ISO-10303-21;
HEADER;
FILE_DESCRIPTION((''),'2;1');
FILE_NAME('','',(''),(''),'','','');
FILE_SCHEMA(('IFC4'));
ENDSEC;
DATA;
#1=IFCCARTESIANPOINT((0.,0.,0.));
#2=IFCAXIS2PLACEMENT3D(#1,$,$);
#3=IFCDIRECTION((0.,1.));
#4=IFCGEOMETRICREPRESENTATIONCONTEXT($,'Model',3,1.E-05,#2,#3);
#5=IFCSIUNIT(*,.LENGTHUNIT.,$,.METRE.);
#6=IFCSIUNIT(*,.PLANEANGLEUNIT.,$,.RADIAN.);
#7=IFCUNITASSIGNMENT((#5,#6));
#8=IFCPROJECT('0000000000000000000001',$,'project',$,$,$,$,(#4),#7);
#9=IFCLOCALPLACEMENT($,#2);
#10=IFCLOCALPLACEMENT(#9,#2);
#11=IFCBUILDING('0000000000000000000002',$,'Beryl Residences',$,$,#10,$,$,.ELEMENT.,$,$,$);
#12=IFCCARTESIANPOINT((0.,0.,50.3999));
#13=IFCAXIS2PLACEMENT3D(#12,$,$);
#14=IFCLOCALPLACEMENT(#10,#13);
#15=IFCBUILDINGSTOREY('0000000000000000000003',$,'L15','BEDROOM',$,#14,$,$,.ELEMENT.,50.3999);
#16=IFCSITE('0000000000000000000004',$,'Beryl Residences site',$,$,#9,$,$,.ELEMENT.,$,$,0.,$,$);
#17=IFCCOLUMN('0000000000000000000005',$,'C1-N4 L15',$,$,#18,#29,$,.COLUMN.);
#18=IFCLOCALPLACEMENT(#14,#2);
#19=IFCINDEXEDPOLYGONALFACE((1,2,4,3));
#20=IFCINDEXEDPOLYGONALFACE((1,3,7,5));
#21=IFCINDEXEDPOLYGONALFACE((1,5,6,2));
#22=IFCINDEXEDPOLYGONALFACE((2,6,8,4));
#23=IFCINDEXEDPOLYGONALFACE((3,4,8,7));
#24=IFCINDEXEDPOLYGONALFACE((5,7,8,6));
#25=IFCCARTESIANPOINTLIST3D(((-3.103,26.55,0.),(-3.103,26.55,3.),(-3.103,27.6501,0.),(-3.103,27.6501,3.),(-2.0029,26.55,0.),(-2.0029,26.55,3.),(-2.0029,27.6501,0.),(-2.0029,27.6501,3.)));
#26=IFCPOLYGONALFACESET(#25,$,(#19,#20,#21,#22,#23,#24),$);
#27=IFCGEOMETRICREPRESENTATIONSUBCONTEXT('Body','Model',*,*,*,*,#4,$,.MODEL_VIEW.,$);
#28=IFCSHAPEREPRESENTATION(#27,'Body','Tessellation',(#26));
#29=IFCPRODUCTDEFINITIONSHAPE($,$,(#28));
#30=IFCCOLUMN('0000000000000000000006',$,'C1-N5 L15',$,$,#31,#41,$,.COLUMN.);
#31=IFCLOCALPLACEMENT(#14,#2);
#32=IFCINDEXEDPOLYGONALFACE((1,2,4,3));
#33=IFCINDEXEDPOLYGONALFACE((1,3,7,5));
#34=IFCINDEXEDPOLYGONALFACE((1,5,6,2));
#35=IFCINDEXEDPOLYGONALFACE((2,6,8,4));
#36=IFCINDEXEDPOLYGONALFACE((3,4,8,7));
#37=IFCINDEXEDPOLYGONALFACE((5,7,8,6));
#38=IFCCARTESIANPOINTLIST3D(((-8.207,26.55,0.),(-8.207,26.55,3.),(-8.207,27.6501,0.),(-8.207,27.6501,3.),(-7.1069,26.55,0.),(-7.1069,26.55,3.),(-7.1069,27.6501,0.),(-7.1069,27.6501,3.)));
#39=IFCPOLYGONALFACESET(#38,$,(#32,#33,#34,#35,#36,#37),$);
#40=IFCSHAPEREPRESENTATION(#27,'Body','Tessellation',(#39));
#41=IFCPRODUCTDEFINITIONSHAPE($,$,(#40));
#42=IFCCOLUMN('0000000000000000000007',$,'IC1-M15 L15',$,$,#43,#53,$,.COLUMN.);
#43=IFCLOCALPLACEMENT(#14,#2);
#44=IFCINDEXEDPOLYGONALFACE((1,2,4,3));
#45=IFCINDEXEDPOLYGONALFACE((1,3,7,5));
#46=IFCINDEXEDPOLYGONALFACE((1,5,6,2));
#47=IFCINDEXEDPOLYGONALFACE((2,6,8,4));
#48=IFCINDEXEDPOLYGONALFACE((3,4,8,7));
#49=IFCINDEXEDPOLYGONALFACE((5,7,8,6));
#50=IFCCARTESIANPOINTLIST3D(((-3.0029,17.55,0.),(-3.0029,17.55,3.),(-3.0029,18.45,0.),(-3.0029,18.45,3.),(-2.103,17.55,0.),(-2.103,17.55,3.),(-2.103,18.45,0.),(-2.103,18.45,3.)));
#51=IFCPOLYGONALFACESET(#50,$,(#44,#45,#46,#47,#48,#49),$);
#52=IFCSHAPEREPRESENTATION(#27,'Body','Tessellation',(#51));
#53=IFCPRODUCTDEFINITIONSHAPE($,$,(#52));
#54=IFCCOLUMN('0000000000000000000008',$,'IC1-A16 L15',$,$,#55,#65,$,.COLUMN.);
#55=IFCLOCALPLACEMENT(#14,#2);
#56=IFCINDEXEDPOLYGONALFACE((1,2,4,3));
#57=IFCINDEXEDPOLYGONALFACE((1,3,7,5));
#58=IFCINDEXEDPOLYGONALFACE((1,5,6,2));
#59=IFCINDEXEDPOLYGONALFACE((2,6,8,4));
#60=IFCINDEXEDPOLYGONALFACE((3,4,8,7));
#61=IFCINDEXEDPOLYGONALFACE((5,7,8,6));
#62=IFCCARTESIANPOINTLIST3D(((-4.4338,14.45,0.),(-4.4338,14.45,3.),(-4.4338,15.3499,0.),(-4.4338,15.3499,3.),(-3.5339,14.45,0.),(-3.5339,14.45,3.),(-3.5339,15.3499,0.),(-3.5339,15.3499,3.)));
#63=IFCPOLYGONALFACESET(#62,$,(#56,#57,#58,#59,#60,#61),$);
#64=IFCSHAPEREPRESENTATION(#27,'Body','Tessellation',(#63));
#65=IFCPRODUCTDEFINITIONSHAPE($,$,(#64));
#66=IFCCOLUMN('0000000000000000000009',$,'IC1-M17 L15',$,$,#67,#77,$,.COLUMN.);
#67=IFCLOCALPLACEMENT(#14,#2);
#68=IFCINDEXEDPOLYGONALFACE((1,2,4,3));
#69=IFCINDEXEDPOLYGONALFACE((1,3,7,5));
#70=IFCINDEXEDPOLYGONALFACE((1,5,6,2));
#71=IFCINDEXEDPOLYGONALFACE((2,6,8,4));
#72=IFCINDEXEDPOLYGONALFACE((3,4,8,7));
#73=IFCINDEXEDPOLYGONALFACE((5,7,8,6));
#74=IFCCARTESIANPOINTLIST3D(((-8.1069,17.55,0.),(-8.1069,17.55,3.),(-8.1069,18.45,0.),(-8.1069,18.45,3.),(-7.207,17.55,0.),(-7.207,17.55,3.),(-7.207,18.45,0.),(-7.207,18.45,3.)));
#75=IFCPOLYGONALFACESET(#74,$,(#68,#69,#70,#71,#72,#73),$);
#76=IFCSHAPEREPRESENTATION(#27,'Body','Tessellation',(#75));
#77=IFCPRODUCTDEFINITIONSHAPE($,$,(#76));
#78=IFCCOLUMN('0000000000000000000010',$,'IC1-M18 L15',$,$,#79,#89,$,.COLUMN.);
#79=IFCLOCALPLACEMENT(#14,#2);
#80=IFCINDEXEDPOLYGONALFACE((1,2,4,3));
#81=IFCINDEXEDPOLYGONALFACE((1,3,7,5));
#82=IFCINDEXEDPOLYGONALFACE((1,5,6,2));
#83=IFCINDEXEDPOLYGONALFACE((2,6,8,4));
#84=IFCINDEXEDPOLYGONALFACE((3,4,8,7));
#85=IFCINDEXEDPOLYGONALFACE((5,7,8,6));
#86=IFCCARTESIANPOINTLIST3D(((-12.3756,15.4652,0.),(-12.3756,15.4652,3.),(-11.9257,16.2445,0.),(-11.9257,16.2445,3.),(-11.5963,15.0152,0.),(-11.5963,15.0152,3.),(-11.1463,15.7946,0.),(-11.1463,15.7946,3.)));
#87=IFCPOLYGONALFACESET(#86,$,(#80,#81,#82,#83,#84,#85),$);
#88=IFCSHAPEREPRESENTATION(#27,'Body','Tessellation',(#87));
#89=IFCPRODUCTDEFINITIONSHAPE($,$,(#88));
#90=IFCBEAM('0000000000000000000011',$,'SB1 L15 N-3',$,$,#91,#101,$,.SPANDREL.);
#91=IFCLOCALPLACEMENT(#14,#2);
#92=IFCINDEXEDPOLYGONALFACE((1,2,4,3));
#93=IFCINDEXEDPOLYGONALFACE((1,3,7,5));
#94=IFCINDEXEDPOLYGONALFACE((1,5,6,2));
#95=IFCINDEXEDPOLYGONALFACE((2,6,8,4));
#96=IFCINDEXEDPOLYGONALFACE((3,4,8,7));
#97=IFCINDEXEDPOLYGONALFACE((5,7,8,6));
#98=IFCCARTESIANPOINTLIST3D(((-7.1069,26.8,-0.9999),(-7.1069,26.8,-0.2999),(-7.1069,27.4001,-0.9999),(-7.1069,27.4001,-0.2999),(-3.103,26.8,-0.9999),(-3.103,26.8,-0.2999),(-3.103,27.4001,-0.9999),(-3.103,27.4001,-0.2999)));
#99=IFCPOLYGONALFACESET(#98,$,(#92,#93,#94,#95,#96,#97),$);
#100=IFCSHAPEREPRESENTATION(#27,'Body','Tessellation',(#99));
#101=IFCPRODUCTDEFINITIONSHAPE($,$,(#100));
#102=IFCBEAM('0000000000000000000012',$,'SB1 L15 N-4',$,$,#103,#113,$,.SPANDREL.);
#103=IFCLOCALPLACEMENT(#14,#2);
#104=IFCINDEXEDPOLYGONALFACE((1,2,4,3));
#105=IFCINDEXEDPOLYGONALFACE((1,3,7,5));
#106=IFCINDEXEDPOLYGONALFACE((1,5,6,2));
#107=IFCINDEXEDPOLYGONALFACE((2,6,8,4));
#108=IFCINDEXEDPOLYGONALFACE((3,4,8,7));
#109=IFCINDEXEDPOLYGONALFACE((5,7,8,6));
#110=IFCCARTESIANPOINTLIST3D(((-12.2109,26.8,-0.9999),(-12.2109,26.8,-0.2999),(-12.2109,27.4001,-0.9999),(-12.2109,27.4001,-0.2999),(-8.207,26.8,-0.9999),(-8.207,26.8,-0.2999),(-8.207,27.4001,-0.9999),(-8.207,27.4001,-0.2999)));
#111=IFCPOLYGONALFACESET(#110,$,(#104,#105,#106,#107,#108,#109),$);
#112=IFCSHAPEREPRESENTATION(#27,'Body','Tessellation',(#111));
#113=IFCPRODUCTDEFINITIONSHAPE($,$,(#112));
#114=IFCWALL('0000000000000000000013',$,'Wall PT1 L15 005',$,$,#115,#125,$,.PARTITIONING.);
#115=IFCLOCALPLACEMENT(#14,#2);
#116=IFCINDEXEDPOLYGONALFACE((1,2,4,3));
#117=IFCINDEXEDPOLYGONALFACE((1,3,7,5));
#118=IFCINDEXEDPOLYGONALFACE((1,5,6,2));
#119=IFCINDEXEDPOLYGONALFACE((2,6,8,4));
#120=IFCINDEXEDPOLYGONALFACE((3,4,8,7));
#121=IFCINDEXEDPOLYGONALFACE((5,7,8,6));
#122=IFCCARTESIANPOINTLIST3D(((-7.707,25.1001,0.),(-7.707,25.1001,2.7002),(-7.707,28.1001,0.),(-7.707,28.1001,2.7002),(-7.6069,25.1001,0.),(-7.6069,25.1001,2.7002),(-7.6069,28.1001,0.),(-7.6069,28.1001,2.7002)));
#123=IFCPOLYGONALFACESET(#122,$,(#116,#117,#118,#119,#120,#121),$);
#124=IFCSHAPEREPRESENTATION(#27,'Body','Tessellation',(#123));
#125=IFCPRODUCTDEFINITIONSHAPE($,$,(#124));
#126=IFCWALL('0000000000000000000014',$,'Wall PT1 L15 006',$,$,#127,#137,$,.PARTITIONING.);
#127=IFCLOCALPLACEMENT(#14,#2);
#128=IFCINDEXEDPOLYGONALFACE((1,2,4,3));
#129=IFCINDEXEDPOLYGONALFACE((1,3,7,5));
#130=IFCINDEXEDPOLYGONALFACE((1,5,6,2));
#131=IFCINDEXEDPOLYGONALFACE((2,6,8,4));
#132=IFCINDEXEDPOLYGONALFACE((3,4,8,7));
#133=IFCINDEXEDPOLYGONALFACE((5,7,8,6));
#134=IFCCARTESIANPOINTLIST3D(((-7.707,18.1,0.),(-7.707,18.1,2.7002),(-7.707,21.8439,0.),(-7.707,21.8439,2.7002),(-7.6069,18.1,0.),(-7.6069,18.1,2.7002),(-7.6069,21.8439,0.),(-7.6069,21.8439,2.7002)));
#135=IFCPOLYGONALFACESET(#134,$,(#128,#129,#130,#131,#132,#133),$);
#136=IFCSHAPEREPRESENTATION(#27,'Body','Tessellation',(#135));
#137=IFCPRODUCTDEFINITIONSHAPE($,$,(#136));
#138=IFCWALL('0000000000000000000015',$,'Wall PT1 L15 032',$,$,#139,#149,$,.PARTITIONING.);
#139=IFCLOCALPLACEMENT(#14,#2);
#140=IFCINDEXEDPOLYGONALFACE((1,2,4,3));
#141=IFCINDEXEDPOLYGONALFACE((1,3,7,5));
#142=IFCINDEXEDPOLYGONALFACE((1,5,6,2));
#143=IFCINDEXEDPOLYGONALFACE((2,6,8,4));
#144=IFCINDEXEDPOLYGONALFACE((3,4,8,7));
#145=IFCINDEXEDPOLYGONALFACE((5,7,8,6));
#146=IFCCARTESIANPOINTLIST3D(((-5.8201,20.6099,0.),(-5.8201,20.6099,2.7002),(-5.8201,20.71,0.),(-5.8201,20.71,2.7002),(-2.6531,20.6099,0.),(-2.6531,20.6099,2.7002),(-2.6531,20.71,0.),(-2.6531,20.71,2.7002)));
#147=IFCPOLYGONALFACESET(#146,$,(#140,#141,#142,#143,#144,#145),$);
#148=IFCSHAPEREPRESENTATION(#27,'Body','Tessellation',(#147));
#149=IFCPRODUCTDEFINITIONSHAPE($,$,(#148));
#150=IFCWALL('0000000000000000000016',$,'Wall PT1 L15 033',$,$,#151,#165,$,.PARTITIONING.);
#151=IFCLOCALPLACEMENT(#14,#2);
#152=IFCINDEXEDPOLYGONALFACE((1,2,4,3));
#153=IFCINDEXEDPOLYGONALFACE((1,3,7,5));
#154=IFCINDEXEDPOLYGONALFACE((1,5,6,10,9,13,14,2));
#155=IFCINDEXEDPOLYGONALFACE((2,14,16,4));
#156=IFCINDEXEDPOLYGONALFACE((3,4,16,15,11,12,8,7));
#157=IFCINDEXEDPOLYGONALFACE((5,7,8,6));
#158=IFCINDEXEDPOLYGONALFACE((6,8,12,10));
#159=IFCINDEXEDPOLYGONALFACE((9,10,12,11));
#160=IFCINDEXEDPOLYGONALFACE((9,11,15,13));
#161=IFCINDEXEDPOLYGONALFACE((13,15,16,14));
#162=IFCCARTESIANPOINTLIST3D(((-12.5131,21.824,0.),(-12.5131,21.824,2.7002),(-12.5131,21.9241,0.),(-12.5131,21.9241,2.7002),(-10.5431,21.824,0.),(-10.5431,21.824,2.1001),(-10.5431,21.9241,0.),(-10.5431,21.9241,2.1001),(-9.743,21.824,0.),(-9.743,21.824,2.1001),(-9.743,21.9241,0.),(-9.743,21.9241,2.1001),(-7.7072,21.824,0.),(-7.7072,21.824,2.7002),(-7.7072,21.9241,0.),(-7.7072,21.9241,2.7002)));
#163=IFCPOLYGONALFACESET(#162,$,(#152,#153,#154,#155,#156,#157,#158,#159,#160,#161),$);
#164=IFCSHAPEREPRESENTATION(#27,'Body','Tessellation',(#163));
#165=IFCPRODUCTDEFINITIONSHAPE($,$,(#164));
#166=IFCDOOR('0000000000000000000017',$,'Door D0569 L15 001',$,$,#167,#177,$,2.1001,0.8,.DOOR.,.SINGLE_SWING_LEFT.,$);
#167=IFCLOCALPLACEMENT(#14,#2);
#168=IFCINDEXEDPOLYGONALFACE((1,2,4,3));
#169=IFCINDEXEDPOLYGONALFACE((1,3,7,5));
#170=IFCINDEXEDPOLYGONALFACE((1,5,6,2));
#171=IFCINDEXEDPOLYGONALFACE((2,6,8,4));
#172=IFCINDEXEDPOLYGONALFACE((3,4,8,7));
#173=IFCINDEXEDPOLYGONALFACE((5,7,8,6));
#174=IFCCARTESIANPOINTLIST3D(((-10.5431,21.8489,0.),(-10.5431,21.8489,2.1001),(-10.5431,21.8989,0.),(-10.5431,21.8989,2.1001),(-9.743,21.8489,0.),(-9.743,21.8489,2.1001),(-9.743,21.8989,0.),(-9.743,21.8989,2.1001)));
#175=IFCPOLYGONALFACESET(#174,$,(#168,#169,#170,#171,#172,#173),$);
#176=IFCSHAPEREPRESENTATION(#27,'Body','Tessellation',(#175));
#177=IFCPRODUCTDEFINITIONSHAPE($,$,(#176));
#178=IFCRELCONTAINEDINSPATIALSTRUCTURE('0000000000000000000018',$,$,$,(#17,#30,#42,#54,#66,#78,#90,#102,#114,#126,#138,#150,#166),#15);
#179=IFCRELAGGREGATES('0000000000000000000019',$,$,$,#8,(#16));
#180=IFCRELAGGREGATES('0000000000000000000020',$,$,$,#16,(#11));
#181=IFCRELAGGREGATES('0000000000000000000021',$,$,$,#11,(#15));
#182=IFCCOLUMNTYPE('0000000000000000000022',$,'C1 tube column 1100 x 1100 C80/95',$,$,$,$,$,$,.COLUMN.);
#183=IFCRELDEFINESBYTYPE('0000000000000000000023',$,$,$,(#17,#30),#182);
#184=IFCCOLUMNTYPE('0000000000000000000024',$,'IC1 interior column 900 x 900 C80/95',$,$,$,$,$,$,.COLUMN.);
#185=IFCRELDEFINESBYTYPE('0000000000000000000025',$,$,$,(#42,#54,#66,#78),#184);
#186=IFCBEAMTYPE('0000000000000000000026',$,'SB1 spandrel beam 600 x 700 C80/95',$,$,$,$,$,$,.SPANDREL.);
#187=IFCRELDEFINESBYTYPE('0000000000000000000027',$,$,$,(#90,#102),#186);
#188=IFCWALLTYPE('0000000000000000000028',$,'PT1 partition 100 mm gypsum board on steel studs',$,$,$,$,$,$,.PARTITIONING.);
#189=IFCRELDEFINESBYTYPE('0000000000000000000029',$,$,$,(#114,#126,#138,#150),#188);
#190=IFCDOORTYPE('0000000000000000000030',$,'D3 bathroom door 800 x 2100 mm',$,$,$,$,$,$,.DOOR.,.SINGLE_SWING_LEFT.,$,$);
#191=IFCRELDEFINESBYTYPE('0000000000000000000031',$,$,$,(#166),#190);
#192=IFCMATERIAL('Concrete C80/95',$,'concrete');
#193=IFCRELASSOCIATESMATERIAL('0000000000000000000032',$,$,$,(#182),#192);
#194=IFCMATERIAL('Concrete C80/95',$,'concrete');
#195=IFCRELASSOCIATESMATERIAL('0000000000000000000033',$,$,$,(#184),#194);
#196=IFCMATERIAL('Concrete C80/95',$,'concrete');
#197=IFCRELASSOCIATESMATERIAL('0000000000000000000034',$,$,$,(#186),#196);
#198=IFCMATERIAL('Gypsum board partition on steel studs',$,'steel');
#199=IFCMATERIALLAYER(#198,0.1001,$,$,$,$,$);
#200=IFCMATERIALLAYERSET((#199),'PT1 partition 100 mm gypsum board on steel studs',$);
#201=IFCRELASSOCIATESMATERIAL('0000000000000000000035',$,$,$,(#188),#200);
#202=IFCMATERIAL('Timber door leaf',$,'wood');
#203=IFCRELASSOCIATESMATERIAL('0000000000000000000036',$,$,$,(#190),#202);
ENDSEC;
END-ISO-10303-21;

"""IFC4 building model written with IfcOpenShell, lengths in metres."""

from ifc_helpers import new_model, si_unit, direction, frame, frame_2d, origin, origin_2d, place, context, subcontext, project, spatial, rectangle, extrude, material, layer, layer_set, material_profile, profile_set, type_object, element, fill, save


model = new_model("IFC4")

# Units and contexts
model_context = context("Model", 3, precision=1e-05, world=origin(), true_north=direction((0.0, 1.0)))
body_context = subcontext(model_context, "Body", "Model", "MODEL_VIEW")
ifc_project = project(units=[si_unit("LENGTHUNIT", "METRE"), si_unit("PLANEANGLEUNIT", "RADIAN")], contexts=[model_context])

# Site, building, storey
site_placement = place(None, origin())
site = spatial("IfcSite", under=ifc_project, at=site_placement, Name="Beryl Residences site", CompositionType="ELEMENT", RefElevation=0.0)
building_placement = place(site_placement, origin())
building = spatial("IfcBuilding", under=site, at=building_placement, Name="Beryl Residences", CompositionType="ELEMENT")
storey_placement = place(building_placement, frame((0.0, 0.0, 50.3999)))
storey = spatial("IfcBuildingStorey", under=building, at=storey_placement, Name="L15", Description="BEDROOM", CompositionType="ELEMENT", Elevation=50.3999)

# Columns
ifc_material_1 = material(Name="Concrete C80/95", Category="concrete")
ifc_material_profile_1 = material_profile(ifc_material_1, rectangle(XDim=1.1001, YDim=1.1001, at=origin_2d()))
ifc_profile_set_1 = profile_set([ifc_material_profile_1], Name="Concrete C80/95")
column_type_1 = type_object("IfcColumnType", Name="C1 tube column 1100 x 1100 C80/95", PredefinedType="COLUMN", material=ifc_profile_set_1)
for number, where, z_axis, x_axis, name in (
    (1, (-2.553, 27.1001, 0.0), (0.0, 0.0, 1.0), (-1.0, 0.0, 0.0), "C1-N4 L15"),
    (2, (-7.657, 27.1001, 0.0), (0.0, 0.0, 1.0), (-1.0, 0.0, 0.0), "C1-N5 L15"),
):
    element("IfcColumn", number, at=place(storey_placement, frame(where, z_axis=z_axis, x_axis=x_axis)), inside=storey, type_object=column_type_1, Name=name, PredefinedType="COLUMN", context=body_context, shape_type="SweptSolid", body=[
        extrude(rectangle(XDim=1.1001, YDim=1.1001, at=origin_2d()), origin(), (0.0, 0.0, 1.0), 3.0),
    ])
ifc_material_2 = material(Name="Concrete C80/95", Category="concrete")
ifc_material_profile_2 = material_profile(ifc_material_2, rectangle(XDim=0.8999, YDim=0.8999, at=origin_2d()))
ifc_profile_set_2 = profile_set([ifc_material_profile_2], Name="Concrete C80/95")
column_type_2 = type_object("IfcColumnType", Name="IC1 interior column 900 x 900 C80/95", PredefinedType="COLUMN", material=ifc_profile_set_2)
for number, where, z_axis, x_axis, name in (
    (3, (-2.553, 18.0, 0.0), (0.0, 0.0, 1.0), (-1.0, 0.0, 0.0), "IC1-M15 L15"),
    (4, (-3.9839, 14.8999, 0.0), (0.0, 0.0, 1.0), (1.0, 0.0, 0.0), "IC1-A16 L15"),
    (5, (-7.657, 18.0, 0.0), (0.0, 0.0, 1.0), (-1.0, 0.0, 0.0), "IC1-M17 L15"),
    (6, (-11.761, 15.6299, 0.0), (0.0, 0.0, 1.0), (-0.499985, -0.866034, 0.0), "IC1-M18 L15"),
):
    element("IfcColumn", number, at=place(storey_placement, frame(where, z_axis=z_axis, x_axis=x_axis)), inside=storey, type_object=column_type_2, Name=name, PredefinedType="COLUMN", context=body_context, shape_type="SweptSolid", body=[
        extrude(rectangle(XDim=0.8999, YDim=0.8999, at=origin_2d()), origin(), (0.0, 0.0, 1.0), 3.0),
    ])

# Beams
ifc_material_3 = material(Name="Concrete C80/95", Category="concrete")
ifc_material_profile_3 = material_profile(ifc_material_3, rectangle(XDim=0.6001, YDim=0.7, at=origin_2d()))
ifc_profile_set_3 = profile_set([ifc_material_profile_3], Name="Concrete C80/95")
beam_type = type_object("IfcBeamType", Name="SB1 spandrel beam 600 x 700 C80/95", PredefinedType="SPANDREL", material=ifc_profile_set_3)
for number, where, z_axis, x_axis, name in (
    (7, (-3.103, 27.1001, -0.6499), (-1.0, 0.0, 0.0), (0.0, -1.0, 0.0), "SB1 L15 N-3"),
    (8, (-8.207, 27.1001, -0.6499), (-1.0, 0.0, 0.0), (0.0, -1.0, 0.0), "SB1 L15 N-4"),
):
    element("IfcBeam", number, at=place(storey_placement, frame(where, z_axis=z_axis, x_axis=x_axis)), inside=storey, type_object=beam_type, Name=name, PredefinedType="SPANDREL", context=body_context, shape_type="SweptSolid", body=[
        extrude(rectangle(XDim=0.6001, YDim=0.7, at=origin_2d()), origin(), (0.0, 0.0, 1.0), 4.0039),
    ])

# Walls
ifc_material_4 = material(Name="Gypsum board partition on steel studs", Category="steel")
ifc_layer_1 = layer(ifc_material_4, 0.1001)
ifc_layer_set_1 = layer_set([ifc_layer_1], Name="PT1 partition 100 mm gypsum board on steel studs")
wall_type_1 = type_object("IfcWallType", Name="PT1 partition 100 mm gypsum board on steel studs", PredefinedType="PARTITIONING", material=ifc_layer_set_1)
wall_1_placement = place(storey_placement, frame((-7.657, 28.1001, 0.0), z_axis=(0.0, 0.0, 1.0), x_axis=(0.0, -1.0, 0.0)))
element("IfcWall", 9, at=wall_1_placement, inside=storey, type_object=wall_type_1, Name="Wall PT1 L15 005", PredefinedType="PARTITIONING", context=body_context, shape_type="SweptSolid", body=[
    extrude(rectangle(XDim=3.0, YDim=0.1001, at=frame_2d((1.5, 0.0))), origin(), (0.0, 0.0, 1.0), 2.7002),
])
wall_2_placement = place(storey_placement, frame((-7.657, 21.844, 0.0), z_axis=(0.0, 0.0, 1.0), x_axis=(0.0, -1.0, 0.0)))
element("IfcWall", 10, at=wall_2_placement, inside=storey, type_object=wall_type_1, Name="Wall PT1 L15 006", PredefinedType="PARTITIONING", context=body_context, shape_type="SweptSolid", body=[
    extrude(rectangle(XDim=3.7439, YDim=0.1001, at=frame_2d((1.8721, 0.0))), origin(), (0.0, 0.0, 1.0), 2.7002),
])
wall_3_placement = place(storey_placement, frame((-5.8201, 20.6599, 0.0), z_axis=(0.0, 0.0, 1.0), x_axis=(1.0, 0.0, 0.0)))
element("IfcWall", 11, at=wall_3_placement, inside=storey, type_object=wall_type_1, Name="Wall PT1 L15 032", PredefinedType="PARTITIONING", context=body_context, shape_type="SweptSolid", body=[
    extrude(rectangle(XDim=3.167, YDim=0.1001, at=frame_2d((1.5835, 0.0))), origin(), (0.0, 0.0, 1.0), 2.7002),
])

# Wall, opening, door
wall_4_placement = place(storey_placement, frame((-12.5129, 21.874, 0.0), z_axis=(0.0, 0.0, 1.0), x_axis=(1.0, 0.0, 0.0)))
wall_4 = element("IfcWall", 12, at=wall_4_placement, inside=storey, type_object=wall_type_1, Name="Wall PT1 L15 033", PredefinedType="PARTITIONING", context=body_context, shape_type="SweptSolid", body=[
    extrude(rectangle(XDim=4.8059, YDim=0.1001, at=frame_2d((2.4028, 0.0))), origin(), (0.0, 0.0, 1.0), 2.7002),
])
opening_1_placement = place(wall_4_placement, frame((1.97, 0.0, 0.0)))
opening_1 = element("IfcOpeningElement", 13, at=opening_1_placement, cuts=wall_4, PredefinedType="OPENING", context=body_context, shape_type="SweptSolid", body=[
    extrude(rectangle(XDim=0.8, YDim=2.1001, at=frame_2d((0.3999, 1.05))), frame((0.0, 0.0601, 0.0), z_axis=(0.0, -1.0, 0.0), x_axis=(1.0, 0.0, 0.0)), (0.0, 0.0, 1.0), 0.1201),
])
ifc_material_5 = material(Name="Timber door leaf", Category="wood")
door_type_1 = type_object("IfcDoorType", Name="D3 bathroom door 800 x 2100 mm", OperationType="SINGLE_SWING_LEFT", PredefinedType="DOOR", material=ifc_material_5)
door_1_placement = place(opening_1_placement, origin())
door_1 = element("IfcDoor", 14, at=door_1_placement, inside=storey, type_object=door_type_1, Name="Door D0569 L15 001", OperationType="SINGLE_SWING_LEFT", OverallHeight=2.1001, OverallWidth=0.8, PredefinedType="DOOR", context=body_context, shape_type="SweptSolid", body=[
    extrude(rectangle(XDim=0.8, YDim=2.1001, at=frame_2d((0.3999, 1.05))), frame((0.0, 0.0249, 0.0), z_axis=(0.0, -1.0, 0.0), x_axis=(1.0, 0.0, 0.0)), (0.0, 0.0, 1.0), 0.05),
])
fill(opening_1, door_1)

save(model, "model.ifc")
